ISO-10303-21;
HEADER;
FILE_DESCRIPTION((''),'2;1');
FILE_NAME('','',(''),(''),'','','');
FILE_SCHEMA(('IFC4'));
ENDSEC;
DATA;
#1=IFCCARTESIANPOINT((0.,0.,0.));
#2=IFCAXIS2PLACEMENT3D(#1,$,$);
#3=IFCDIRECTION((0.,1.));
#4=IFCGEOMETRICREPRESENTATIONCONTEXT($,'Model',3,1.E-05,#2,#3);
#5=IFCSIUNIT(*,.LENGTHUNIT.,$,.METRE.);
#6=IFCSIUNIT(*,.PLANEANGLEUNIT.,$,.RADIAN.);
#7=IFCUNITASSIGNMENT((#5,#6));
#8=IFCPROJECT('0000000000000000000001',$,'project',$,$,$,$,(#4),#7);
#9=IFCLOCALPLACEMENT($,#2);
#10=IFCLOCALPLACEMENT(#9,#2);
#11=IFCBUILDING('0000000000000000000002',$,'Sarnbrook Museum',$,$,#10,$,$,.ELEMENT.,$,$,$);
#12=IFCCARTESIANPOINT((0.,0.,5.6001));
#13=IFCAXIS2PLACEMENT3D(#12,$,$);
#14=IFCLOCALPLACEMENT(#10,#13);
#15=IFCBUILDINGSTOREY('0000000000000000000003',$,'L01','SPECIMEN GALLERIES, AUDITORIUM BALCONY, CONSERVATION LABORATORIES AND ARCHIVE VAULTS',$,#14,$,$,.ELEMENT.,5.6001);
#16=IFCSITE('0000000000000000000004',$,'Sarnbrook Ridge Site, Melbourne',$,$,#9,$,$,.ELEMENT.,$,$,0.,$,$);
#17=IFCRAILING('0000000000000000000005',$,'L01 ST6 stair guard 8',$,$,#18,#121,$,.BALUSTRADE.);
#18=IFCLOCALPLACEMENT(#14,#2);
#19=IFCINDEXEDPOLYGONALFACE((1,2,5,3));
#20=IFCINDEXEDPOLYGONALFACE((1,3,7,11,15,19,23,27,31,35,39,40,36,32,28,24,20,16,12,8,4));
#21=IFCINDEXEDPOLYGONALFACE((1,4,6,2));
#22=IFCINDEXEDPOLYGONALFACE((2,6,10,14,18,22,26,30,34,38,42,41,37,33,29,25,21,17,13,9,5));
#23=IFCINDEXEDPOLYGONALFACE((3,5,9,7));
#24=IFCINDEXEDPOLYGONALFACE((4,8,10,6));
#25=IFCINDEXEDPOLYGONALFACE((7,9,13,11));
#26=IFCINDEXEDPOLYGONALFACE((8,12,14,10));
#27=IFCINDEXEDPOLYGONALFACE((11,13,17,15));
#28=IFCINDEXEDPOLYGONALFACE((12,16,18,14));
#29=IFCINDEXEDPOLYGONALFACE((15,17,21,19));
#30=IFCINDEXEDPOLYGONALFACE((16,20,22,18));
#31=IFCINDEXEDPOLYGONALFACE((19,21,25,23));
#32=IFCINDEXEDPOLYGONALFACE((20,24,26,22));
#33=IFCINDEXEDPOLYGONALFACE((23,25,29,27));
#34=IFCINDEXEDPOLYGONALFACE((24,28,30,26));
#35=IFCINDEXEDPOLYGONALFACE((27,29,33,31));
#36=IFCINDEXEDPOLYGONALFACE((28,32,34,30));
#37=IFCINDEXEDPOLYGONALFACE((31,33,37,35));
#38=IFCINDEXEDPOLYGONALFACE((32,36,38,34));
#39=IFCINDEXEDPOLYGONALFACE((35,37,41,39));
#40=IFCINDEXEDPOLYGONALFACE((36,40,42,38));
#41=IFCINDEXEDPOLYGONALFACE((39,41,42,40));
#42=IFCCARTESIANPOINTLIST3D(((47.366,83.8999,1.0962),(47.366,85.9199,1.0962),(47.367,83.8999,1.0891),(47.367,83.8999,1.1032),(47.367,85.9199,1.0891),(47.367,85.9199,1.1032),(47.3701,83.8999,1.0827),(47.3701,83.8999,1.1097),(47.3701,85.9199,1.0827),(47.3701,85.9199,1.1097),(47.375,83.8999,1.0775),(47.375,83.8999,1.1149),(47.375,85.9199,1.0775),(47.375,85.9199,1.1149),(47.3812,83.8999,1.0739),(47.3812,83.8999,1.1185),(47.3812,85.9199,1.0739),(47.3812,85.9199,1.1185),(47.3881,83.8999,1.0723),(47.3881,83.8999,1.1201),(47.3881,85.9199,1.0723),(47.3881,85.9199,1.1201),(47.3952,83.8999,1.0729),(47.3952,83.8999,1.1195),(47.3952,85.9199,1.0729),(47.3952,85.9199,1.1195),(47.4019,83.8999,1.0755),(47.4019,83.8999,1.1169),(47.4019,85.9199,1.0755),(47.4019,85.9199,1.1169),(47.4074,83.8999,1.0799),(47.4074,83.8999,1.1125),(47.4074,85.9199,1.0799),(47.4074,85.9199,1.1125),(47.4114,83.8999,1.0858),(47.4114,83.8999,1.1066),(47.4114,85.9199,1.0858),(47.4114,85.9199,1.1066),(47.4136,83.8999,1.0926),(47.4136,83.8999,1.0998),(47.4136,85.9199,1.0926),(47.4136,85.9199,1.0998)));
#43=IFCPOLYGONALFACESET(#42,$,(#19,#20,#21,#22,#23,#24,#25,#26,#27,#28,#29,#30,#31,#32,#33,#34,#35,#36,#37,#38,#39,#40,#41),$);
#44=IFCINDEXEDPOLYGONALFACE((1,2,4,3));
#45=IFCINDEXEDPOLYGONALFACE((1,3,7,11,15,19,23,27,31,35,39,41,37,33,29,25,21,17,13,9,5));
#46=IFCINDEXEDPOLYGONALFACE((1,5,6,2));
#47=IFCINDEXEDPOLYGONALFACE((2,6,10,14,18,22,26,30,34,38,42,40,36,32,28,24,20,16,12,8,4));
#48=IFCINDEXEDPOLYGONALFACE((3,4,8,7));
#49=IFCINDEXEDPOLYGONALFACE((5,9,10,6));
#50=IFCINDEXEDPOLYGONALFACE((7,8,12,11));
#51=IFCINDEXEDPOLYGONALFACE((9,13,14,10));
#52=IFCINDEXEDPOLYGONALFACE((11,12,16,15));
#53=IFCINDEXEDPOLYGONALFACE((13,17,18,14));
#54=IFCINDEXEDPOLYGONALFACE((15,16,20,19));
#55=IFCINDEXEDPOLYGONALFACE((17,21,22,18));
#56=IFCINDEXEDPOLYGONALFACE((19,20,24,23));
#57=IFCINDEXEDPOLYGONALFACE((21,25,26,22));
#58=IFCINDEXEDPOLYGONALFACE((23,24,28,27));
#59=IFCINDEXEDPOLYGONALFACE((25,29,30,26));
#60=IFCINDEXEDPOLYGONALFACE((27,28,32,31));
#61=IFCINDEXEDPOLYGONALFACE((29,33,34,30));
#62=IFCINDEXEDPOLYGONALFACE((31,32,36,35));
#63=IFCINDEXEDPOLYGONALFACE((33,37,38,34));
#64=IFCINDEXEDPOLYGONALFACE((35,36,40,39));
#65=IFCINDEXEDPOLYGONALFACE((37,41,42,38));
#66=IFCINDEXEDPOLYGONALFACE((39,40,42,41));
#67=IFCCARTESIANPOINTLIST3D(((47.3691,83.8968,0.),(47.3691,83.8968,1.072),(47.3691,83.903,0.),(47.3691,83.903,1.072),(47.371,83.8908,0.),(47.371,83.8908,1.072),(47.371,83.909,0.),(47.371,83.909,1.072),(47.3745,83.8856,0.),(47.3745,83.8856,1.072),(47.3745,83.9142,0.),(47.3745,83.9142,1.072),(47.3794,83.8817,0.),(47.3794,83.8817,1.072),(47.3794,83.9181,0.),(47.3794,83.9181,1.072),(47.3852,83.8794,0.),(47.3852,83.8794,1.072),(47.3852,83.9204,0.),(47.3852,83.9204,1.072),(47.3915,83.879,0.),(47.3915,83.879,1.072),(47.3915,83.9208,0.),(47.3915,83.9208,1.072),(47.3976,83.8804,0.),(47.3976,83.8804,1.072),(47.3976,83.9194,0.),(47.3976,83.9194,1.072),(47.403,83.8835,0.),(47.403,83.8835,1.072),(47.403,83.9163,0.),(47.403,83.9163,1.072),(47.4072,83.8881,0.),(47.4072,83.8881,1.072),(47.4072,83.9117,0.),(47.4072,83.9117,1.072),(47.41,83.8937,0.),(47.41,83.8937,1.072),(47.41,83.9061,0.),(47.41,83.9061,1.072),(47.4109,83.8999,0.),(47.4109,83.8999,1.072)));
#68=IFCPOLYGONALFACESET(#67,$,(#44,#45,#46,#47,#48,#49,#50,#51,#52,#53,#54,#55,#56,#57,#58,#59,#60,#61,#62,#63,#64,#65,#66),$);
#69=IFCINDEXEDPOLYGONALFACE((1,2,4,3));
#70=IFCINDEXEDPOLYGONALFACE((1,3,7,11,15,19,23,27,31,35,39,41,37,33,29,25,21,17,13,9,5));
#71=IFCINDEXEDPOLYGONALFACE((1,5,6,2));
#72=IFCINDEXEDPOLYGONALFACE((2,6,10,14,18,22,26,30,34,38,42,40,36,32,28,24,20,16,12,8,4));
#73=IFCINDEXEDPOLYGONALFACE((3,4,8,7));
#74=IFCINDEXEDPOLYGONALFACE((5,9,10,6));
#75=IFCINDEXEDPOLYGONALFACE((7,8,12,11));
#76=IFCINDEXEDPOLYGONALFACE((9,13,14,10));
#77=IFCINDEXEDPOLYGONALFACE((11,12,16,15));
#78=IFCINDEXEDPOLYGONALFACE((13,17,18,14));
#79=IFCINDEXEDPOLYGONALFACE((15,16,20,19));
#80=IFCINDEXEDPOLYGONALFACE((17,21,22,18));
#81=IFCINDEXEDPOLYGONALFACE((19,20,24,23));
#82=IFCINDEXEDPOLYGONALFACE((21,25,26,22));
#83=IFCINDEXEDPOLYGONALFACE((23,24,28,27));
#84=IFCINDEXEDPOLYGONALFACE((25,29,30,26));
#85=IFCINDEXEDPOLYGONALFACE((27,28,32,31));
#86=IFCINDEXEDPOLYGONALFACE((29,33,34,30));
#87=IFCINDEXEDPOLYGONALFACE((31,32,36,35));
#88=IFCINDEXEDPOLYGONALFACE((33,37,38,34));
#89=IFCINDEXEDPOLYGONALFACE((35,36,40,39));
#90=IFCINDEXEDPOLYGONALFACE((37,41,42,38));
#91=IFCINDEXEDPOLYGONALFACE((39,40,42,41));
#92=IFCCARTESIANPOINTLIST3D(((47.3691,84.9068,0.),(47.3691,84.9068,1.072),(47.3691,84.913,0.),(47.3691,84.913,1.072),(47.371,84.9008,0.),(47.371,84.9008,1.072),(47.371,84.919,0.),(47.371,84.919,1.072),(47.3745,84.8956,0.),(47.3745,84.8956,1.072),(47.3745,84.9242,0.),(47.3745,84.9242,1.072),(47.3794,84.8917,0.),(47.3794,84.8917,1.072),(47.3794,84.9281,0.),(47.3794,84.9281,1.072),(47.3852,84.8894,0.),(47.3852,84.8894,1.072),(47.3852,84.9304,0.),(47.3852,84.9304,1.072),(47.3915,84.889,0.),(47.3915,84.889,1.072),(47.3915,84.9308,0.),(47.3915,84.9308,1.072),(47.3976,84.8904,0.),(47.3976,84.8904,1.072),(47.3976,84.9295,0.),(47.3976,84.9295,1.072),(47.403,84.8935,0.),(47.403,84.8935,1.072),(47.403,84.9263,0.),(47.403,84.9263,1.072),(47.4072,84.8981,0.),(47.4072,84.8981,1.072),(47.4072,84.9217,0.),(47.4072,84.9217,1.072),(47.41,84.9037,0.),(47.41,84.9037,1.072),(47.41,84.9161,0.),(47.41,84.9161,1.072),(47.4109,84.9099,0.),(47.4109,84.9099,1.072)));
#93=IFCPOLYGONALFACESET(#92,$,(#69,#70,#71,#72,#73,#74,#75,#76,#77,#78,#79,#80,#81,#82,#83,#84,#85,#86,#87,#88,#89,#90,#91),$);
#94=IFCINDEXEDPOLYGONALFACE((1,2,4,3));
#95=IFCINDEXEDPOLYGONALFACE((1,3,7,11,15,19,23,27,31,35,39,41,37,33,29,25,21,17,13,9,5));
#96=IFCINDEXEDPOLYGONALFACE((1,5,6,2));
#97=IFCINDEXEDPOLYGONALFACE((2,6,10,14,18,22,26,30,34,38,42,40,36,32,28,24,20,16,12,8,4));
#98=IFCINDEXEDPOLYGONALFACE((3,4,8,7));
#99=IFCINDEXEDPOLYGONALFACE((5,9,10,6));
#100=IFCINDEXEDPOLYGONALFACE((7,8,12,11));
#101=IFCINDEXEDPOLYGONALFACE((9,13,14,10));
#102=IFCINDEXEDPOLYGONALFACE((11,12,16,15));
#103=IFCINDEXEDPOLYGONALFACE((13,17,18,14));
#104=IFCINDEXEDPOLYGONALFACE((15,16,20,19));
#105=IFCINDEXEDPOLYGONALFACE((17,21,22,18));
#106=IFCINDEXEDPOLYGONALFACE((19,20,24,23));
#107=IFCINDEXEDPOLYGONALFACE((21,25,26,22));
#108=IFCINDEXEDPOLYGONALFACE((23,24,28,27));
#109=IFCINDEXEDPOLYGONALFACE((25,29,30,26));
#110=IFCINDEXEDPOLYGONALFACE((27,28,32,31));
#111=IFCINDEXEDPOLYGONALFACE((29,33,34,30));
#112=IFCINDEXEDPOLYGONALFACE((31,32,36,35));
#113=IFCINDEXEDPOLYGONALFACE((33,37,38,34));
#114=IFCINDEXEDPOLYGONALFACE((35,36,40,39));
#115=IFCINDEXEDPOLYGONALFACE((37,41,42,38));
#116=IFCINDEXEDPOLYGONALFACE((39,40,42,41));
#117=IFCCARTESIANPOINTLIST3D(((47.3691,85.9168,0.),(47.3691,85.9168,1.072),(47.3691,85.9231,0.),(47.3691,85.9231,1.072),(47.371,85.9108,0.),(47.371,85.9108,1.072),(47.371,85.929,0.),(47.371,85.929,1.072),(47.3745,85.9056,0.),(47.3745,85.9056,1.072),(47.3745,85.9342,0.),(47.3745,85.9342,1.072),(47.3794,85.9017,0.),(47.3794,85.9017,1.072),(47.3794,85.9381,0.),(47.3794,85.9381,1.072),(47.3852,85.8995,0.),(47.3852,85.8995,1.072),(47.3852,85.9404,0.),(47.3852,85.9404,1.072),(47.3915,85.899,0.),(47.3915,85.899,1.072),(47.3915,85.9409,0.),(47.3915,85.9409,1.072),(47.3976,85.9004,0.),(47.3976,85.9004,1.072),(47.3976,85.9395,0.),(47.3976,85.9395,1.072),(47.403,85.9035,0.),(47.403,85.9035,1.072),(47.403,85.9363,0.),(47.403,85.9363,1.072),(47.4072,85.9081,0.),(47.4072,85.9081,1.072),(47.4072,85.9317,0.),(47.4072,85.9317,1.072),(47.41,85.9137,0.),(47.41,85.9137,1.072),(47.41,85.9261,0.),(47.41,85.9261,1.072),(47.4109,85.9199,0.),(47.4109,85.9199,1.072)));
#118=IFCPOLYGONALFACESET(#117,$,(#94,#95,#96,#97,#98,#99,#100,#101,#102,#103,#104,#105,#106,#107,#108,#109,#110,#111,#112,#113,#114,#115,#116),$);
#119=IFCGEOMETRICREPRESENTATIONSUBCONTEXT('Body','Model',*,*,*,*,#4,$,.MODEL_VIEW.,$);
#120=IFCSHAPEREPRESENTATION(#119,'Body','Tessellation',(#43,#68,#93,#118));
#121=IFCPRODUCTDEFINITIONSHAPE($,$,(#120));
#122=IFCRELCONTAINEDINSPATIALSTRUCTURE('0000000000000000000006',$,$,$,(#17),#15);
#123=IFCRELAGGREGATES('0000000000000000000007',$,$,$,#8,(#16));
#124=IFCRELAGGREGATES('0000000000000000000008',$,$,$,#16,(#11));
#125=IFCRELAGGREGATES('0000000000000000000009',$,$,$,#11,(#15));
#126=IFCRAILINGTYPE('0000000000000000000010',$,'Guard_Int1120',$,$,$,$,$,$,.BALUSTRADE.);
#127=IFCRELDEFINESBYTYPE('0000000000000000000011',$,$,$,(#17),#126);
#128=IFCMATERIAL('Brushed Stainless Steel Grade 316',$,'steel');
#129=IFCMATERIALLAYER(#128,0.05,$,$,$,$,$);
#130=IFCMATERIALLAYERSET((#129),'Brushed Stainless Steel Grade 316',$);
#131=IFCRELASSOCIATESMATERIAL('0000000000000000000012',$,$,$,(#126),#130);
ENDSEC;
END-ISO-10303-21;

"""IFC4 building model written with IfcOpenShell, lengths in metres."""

from ifc_helpers import new_model, si_unit, direction, frame, origin, origin_2d, place, context, subcontext, project, spatial, circle, extrude, material, layer, layer_set, type_object, element, save


model = new_model("IFC4")

# Units and contexts
model_context = context("Model", 3, precision=1e-05, world=origin(), true_north=direction((0.0, 1.0)))
body_context = subcontext(model_context, "Body", "Model", "MODEL_VIEW")
ifc_project = project(units=[si_unit("LENGTHUNIT", "METRE"), si_unit("PLANEANGLEUNIT", "RADIAN")], contexts=[model_context])

# Site, building, storey
site_placement = place(None, origin())
site = spatial("IfcSite", under=ifc_project, at=site_placement, Name="Sarnbrook Ridge Site, Melbourne", CompositionType="ELEMENT", RefElevation=0.0)
building_placement = place(site_placement, origin())
building = spatial("IfcBuilding", under=site, at=building_placement, Name="Sarnbrook Museum", CompositionType="ELEMENT")
storey_placement = place(building_placement, frame((0.0, 0.0, 5.6001)))
storey = spatial("IfcBuildingStorey", under=building, at=storey_placement, Name="L01", Description="SPECIMEN GALLERIES, AUDITORIUM BALCONY, CONSERVATION LABORATORIES AND ARCHIVE VAULTS", CompositionType="ELEMENT", Elevation=5.6001)

# Shared definitions
ifc_material_1 = material(Name="Brushed Stainless Steel Grade 316", Category="steel")

# Railing
ifc_layer_1 = layer(ifc_material_1, 0.05)
ifc_layer_set_1 = layer_set([ifc_layer_1], Name="Brushed Stainless Steel Grade 316")
railing_type = type_object("IfcRailingType", Name="Guard_Int1120", PredefinedType="BALUSTRADE", material=ifc_layer_set_1)
for number, where, name in (
    (1, (47.3899, 83.8999, 0.0), "L01 ST6 stair guard 8"),
):
    element("IfcRailing", number, at=place(storey_placement, frame(where)), inside=storey, type_object=railing_type, Name=name, PredefinedType="BALUSTRADE", context=body_context, shape_type="SweptSolid", body=[
        extrude(circle(Radius=0.0239, at=origin_2d()), frame((0.0, 0.0, 1.0962), z_axis=(0.0, 1.0, 0.0), x_axis=(-1.0, 0.0, 0.0)), (0.0, 0.0, 1.0), 2.02),
        extrude(circle(Radius=0.021, at=origin_2d()), origin(), (0.0, 0.0, 1.0), 1.072),
        extrude(circle(Radius=0.021, at=origin_2d()), frame((0.0, 1.01, 0.0)), (0.0, 0.0, 1.0), 1.072),
        extrude(circle(Radius=0.021, at=origin_2d()), frame((0.0, 2.02, 0.0)), (0.0, 0.0, 1.0), 1.072),
    ])

save(model, "model.ifc")
